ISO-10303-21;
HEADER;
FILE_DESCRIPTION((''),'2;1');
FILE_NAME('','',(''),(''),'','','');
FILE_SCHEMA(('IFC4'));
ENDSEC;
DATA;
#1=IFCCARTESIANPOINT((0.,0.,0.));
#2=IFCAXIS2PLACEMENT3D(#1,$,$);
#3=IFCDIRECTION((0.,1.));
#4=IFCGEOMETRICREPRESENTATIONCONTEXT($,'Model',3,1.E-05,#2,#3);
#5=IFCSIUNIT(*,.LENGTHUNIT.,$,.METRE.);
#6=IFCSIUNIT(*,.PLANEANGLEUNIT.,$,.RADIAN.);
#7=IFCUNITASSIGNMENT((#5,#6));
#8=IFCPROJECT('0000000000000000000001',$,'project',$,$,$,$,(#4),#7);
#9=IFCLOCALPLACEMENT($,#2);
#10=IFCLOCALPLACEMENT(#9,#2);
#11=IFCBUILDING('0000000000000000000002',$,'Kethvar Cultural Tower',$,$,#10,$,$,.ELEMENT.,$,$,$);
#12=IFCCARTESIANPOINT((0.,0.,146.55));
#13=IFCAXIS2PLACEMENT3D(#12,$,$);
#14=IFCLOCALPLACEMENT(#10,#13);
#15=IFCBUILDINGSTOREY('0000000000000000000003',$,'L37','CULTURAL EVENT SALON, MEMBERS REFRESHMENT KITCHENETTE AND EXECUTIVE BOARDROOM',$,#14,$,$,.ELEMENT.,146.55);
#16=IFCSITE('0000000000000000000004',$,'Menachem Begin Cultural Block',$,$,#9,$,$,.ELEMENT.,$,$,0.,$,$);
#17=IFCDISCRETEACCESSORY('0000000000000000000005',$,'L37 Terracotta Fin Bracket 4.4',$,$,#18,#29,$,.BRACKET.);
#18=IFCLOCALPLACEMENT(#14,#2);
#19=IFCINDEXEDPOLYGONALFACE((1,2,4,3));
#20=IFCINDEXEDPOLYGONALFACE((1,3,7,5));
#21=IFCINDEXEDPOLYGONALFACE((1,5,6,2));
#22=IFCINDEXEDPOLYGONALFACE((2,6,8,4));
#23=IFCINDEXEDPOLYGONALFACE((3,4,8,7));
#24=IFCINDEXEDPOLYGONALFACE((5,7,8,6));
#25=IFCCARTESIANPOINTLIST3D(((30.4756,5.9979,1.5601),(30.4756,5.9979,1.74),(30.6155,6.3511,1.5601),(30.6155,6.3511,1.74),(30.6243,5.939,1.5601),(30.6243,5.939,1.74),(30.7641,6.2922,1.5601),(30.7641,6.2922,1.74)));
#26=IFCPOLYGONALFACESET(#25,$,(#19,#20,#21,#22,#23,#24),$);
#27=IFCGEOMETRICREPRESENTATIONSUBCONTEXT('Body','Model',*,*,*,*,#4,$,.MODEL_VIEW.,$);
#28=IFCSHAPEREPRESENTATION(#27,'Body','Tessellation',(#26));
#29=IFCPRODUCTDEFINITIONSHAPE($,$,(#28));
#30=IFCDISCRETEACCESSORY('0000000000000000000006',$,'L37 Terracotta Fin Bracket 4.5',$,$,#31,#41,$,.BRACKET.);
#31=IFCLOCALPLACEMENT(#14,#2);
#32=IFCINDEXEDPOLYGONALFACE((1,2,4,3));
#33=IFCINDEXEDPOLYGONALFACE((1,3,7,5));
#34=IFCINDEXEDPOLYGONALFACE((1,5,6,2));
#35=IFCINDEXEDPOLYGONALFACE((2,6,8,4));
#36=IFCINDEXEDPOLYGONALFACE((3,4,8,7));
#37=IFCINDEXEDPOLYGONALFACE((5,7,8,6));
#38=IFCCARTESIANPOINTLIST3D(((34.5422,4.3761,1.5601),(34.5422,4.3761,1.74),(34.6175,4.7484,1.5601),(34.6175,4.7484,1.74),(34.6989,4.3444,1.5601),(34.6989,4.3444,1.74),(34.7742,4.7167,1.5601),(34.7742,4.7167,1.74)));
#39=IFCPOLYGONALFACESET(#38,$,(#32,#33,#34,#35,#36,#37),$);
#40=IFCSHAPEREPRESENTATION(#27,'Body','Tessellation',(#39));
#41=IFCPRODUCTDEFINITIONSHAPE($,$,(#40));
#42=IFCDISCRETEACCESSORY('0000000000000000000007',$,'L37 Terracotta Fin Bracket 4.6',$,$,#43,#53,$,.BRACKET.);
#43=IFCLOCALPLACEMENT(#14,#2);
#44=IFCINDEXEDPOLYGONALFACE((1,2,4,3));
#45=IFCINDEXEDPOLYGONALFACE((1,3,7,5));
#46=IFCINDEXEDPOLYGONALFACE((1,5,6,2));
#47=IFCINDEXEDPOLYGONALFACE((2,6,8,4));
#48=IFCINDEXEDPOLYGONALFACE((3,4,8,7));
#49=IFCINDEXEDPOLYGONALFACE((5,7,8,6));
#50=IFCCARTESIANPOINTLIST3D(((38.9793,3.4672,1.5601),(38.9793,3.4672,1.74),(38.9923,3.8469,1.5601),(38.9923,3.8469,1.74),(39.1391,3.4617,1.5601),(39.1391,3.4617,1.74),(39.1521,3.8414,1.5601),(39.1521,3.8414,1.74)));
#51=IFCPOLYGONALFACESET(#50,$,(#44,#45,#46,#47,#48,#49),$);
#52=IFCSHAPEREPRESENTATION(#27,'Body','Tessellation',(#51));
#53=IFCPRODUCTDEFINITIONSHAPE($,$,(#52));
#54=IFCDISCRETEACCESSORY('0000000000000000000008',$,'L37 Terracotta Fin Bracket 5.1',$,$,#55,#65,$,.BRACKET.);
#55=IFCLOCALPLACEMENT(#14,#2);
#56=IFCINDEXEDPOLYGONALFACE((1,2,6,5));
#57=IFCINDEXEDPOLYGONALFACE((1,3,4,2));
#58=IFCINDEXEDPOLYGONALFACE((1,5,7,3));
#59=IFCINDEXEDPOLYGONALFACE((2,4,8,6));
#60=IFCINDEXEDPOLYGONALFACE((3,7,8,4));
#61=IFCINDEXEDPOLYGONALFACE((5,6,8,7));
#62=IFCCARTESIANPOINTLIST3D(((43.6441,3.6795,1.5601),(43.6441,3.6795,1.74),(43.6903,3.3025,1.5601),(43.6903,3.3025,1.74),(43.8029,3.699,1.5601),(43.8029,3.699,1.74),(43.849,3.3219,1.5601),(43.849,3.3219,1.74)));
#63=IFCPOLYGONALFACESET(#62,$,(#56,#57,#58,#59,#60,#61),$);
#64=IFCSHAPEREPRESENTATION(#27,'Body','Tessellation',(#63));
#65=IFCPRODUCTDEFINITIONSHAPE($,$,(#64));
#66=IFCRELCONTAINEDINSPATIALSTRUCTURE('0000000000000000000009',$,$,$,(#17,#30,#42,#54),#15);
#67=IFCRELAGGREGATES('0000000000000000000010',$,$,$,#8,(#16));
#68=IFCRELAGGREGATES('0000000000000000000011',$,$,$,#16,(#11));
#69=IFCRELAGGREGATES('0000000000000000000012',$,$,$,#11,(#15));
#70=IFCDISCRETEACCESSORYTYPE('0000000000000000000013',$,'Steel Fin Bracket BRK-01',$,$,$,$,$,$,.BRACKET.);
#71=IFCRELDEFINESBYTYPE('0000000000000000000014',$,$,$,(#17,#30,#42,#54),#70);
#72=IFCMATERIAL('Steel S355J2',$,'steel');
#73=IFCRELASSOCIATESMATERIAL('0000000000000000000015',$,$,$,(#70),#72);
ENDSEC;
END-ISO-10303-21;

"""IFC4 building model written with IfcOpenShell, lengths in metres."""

from ifc_helpers import new_model, si_unit, direction, frame, origin, origin_2d, place, context, subcontext, project, spatial, rectangle, extrude, source, transform, mapped, material, type_object, element, save


model = new_model("IFC4")

# Units and contexts
model_context = context("Model", 3, precision=1e-05, world=origin(), true_north=direction((0.0, 1.0)))
body_context = subcontext(model_context, "Body", "Model", "MODEL_VIEW")
ifc_project = project(units=[si_unit("LENGTHUNIT", "METRE"), si_unit("PLANEANGLEUNIT", "RADIAN")], contexts=[model_context])

# Site, building, storey
site_placement = place(None, origin())
site = spatial("IfcSite", under=ifc_project, at=site_placement, Name="Menachem Begin Cultural Block", CompositionType="ELEMENT", RefElevation=0.0)
building_placement = place(site_placement, origin())
building = spatial("IfcBuilding", under=site, at=building_placement, Name="Kethvar Cultural Tower", CompositionType="ELEMENT")
storey_placement = place(building_placement, frame((0.0, 0.0, 146.55)))
storey = spatial("IfcBuildingStorey", under=building, at=storey_placement, Name="L37", Description="CULTURAL EVENT SALON, MEMBERS REFRESHMENT KITCHENETTE AND EXECUTIVE BOARDROOM", CompositionType="ELEMENT", Elevation=146.55)

# Shared definitions
ifc_material_1 = material(Name="Steel S355J2", Category="steel")

# Discrete accessories
discrete_accessory_type = type_object("IfcDiscreteAccessoryType", Name="Steel Fin Bracket BRK-01", PredefinedType="BRACKET", material=ifc_material_1)
shared_shape_1 = source(origin(), body_context, "Body", "SweptSolid", [
    extrude(rectangle(XDim=0.3799, YDim=0.1599, at=origin_2d()), origin(), (0.0, 0.0, 1.0), 0.1799),
])
for number, where, z_axis, x_axis, name in (
    (1, (30.6199, 6.145, 1.5601), (0.0, 0.0, 1.0), (-0.368125, -0.929776, 0.0), "L37 Terracotta Fin Bracket 4.4"),
    (2, (34.6582, 4.5464, 1.5601), (0.0, 0.0, 1.0), (-0.198342, -0.980133, 0.0), "L37 Terracotta Fin Bracket 4.5"),
    (3, (39.0657, 3.6543, 1.5601), (0.0, 0.0, 1.0), (-0.034202, -0.999415, 0.0), "L37 Terracotta Fin Bracket 4.6"),
    (4, (43.7466, 3.5007, 1.5601), (0.0, 0.0, 1.0), (0.121523, -0.992589, 0.0), "L37 Terracotta Fin Bracket 5.1"),
):
    element("IfcDiscreteAccessory", number, at=place(storey_placement, frame(where, z_axis=z_axis, x_axis=x_axis)), inside=storey, type_object=discrete_accessory_type, Name=name, PredefinedType="BRACKET", context=body_context, shape_type="MappedRepresentation", body=[
        mapped(shared_shape_1, transform((0.0, 0.0, 0.0), scale=1.0)),
    ])

save(model, "model.ifc")
